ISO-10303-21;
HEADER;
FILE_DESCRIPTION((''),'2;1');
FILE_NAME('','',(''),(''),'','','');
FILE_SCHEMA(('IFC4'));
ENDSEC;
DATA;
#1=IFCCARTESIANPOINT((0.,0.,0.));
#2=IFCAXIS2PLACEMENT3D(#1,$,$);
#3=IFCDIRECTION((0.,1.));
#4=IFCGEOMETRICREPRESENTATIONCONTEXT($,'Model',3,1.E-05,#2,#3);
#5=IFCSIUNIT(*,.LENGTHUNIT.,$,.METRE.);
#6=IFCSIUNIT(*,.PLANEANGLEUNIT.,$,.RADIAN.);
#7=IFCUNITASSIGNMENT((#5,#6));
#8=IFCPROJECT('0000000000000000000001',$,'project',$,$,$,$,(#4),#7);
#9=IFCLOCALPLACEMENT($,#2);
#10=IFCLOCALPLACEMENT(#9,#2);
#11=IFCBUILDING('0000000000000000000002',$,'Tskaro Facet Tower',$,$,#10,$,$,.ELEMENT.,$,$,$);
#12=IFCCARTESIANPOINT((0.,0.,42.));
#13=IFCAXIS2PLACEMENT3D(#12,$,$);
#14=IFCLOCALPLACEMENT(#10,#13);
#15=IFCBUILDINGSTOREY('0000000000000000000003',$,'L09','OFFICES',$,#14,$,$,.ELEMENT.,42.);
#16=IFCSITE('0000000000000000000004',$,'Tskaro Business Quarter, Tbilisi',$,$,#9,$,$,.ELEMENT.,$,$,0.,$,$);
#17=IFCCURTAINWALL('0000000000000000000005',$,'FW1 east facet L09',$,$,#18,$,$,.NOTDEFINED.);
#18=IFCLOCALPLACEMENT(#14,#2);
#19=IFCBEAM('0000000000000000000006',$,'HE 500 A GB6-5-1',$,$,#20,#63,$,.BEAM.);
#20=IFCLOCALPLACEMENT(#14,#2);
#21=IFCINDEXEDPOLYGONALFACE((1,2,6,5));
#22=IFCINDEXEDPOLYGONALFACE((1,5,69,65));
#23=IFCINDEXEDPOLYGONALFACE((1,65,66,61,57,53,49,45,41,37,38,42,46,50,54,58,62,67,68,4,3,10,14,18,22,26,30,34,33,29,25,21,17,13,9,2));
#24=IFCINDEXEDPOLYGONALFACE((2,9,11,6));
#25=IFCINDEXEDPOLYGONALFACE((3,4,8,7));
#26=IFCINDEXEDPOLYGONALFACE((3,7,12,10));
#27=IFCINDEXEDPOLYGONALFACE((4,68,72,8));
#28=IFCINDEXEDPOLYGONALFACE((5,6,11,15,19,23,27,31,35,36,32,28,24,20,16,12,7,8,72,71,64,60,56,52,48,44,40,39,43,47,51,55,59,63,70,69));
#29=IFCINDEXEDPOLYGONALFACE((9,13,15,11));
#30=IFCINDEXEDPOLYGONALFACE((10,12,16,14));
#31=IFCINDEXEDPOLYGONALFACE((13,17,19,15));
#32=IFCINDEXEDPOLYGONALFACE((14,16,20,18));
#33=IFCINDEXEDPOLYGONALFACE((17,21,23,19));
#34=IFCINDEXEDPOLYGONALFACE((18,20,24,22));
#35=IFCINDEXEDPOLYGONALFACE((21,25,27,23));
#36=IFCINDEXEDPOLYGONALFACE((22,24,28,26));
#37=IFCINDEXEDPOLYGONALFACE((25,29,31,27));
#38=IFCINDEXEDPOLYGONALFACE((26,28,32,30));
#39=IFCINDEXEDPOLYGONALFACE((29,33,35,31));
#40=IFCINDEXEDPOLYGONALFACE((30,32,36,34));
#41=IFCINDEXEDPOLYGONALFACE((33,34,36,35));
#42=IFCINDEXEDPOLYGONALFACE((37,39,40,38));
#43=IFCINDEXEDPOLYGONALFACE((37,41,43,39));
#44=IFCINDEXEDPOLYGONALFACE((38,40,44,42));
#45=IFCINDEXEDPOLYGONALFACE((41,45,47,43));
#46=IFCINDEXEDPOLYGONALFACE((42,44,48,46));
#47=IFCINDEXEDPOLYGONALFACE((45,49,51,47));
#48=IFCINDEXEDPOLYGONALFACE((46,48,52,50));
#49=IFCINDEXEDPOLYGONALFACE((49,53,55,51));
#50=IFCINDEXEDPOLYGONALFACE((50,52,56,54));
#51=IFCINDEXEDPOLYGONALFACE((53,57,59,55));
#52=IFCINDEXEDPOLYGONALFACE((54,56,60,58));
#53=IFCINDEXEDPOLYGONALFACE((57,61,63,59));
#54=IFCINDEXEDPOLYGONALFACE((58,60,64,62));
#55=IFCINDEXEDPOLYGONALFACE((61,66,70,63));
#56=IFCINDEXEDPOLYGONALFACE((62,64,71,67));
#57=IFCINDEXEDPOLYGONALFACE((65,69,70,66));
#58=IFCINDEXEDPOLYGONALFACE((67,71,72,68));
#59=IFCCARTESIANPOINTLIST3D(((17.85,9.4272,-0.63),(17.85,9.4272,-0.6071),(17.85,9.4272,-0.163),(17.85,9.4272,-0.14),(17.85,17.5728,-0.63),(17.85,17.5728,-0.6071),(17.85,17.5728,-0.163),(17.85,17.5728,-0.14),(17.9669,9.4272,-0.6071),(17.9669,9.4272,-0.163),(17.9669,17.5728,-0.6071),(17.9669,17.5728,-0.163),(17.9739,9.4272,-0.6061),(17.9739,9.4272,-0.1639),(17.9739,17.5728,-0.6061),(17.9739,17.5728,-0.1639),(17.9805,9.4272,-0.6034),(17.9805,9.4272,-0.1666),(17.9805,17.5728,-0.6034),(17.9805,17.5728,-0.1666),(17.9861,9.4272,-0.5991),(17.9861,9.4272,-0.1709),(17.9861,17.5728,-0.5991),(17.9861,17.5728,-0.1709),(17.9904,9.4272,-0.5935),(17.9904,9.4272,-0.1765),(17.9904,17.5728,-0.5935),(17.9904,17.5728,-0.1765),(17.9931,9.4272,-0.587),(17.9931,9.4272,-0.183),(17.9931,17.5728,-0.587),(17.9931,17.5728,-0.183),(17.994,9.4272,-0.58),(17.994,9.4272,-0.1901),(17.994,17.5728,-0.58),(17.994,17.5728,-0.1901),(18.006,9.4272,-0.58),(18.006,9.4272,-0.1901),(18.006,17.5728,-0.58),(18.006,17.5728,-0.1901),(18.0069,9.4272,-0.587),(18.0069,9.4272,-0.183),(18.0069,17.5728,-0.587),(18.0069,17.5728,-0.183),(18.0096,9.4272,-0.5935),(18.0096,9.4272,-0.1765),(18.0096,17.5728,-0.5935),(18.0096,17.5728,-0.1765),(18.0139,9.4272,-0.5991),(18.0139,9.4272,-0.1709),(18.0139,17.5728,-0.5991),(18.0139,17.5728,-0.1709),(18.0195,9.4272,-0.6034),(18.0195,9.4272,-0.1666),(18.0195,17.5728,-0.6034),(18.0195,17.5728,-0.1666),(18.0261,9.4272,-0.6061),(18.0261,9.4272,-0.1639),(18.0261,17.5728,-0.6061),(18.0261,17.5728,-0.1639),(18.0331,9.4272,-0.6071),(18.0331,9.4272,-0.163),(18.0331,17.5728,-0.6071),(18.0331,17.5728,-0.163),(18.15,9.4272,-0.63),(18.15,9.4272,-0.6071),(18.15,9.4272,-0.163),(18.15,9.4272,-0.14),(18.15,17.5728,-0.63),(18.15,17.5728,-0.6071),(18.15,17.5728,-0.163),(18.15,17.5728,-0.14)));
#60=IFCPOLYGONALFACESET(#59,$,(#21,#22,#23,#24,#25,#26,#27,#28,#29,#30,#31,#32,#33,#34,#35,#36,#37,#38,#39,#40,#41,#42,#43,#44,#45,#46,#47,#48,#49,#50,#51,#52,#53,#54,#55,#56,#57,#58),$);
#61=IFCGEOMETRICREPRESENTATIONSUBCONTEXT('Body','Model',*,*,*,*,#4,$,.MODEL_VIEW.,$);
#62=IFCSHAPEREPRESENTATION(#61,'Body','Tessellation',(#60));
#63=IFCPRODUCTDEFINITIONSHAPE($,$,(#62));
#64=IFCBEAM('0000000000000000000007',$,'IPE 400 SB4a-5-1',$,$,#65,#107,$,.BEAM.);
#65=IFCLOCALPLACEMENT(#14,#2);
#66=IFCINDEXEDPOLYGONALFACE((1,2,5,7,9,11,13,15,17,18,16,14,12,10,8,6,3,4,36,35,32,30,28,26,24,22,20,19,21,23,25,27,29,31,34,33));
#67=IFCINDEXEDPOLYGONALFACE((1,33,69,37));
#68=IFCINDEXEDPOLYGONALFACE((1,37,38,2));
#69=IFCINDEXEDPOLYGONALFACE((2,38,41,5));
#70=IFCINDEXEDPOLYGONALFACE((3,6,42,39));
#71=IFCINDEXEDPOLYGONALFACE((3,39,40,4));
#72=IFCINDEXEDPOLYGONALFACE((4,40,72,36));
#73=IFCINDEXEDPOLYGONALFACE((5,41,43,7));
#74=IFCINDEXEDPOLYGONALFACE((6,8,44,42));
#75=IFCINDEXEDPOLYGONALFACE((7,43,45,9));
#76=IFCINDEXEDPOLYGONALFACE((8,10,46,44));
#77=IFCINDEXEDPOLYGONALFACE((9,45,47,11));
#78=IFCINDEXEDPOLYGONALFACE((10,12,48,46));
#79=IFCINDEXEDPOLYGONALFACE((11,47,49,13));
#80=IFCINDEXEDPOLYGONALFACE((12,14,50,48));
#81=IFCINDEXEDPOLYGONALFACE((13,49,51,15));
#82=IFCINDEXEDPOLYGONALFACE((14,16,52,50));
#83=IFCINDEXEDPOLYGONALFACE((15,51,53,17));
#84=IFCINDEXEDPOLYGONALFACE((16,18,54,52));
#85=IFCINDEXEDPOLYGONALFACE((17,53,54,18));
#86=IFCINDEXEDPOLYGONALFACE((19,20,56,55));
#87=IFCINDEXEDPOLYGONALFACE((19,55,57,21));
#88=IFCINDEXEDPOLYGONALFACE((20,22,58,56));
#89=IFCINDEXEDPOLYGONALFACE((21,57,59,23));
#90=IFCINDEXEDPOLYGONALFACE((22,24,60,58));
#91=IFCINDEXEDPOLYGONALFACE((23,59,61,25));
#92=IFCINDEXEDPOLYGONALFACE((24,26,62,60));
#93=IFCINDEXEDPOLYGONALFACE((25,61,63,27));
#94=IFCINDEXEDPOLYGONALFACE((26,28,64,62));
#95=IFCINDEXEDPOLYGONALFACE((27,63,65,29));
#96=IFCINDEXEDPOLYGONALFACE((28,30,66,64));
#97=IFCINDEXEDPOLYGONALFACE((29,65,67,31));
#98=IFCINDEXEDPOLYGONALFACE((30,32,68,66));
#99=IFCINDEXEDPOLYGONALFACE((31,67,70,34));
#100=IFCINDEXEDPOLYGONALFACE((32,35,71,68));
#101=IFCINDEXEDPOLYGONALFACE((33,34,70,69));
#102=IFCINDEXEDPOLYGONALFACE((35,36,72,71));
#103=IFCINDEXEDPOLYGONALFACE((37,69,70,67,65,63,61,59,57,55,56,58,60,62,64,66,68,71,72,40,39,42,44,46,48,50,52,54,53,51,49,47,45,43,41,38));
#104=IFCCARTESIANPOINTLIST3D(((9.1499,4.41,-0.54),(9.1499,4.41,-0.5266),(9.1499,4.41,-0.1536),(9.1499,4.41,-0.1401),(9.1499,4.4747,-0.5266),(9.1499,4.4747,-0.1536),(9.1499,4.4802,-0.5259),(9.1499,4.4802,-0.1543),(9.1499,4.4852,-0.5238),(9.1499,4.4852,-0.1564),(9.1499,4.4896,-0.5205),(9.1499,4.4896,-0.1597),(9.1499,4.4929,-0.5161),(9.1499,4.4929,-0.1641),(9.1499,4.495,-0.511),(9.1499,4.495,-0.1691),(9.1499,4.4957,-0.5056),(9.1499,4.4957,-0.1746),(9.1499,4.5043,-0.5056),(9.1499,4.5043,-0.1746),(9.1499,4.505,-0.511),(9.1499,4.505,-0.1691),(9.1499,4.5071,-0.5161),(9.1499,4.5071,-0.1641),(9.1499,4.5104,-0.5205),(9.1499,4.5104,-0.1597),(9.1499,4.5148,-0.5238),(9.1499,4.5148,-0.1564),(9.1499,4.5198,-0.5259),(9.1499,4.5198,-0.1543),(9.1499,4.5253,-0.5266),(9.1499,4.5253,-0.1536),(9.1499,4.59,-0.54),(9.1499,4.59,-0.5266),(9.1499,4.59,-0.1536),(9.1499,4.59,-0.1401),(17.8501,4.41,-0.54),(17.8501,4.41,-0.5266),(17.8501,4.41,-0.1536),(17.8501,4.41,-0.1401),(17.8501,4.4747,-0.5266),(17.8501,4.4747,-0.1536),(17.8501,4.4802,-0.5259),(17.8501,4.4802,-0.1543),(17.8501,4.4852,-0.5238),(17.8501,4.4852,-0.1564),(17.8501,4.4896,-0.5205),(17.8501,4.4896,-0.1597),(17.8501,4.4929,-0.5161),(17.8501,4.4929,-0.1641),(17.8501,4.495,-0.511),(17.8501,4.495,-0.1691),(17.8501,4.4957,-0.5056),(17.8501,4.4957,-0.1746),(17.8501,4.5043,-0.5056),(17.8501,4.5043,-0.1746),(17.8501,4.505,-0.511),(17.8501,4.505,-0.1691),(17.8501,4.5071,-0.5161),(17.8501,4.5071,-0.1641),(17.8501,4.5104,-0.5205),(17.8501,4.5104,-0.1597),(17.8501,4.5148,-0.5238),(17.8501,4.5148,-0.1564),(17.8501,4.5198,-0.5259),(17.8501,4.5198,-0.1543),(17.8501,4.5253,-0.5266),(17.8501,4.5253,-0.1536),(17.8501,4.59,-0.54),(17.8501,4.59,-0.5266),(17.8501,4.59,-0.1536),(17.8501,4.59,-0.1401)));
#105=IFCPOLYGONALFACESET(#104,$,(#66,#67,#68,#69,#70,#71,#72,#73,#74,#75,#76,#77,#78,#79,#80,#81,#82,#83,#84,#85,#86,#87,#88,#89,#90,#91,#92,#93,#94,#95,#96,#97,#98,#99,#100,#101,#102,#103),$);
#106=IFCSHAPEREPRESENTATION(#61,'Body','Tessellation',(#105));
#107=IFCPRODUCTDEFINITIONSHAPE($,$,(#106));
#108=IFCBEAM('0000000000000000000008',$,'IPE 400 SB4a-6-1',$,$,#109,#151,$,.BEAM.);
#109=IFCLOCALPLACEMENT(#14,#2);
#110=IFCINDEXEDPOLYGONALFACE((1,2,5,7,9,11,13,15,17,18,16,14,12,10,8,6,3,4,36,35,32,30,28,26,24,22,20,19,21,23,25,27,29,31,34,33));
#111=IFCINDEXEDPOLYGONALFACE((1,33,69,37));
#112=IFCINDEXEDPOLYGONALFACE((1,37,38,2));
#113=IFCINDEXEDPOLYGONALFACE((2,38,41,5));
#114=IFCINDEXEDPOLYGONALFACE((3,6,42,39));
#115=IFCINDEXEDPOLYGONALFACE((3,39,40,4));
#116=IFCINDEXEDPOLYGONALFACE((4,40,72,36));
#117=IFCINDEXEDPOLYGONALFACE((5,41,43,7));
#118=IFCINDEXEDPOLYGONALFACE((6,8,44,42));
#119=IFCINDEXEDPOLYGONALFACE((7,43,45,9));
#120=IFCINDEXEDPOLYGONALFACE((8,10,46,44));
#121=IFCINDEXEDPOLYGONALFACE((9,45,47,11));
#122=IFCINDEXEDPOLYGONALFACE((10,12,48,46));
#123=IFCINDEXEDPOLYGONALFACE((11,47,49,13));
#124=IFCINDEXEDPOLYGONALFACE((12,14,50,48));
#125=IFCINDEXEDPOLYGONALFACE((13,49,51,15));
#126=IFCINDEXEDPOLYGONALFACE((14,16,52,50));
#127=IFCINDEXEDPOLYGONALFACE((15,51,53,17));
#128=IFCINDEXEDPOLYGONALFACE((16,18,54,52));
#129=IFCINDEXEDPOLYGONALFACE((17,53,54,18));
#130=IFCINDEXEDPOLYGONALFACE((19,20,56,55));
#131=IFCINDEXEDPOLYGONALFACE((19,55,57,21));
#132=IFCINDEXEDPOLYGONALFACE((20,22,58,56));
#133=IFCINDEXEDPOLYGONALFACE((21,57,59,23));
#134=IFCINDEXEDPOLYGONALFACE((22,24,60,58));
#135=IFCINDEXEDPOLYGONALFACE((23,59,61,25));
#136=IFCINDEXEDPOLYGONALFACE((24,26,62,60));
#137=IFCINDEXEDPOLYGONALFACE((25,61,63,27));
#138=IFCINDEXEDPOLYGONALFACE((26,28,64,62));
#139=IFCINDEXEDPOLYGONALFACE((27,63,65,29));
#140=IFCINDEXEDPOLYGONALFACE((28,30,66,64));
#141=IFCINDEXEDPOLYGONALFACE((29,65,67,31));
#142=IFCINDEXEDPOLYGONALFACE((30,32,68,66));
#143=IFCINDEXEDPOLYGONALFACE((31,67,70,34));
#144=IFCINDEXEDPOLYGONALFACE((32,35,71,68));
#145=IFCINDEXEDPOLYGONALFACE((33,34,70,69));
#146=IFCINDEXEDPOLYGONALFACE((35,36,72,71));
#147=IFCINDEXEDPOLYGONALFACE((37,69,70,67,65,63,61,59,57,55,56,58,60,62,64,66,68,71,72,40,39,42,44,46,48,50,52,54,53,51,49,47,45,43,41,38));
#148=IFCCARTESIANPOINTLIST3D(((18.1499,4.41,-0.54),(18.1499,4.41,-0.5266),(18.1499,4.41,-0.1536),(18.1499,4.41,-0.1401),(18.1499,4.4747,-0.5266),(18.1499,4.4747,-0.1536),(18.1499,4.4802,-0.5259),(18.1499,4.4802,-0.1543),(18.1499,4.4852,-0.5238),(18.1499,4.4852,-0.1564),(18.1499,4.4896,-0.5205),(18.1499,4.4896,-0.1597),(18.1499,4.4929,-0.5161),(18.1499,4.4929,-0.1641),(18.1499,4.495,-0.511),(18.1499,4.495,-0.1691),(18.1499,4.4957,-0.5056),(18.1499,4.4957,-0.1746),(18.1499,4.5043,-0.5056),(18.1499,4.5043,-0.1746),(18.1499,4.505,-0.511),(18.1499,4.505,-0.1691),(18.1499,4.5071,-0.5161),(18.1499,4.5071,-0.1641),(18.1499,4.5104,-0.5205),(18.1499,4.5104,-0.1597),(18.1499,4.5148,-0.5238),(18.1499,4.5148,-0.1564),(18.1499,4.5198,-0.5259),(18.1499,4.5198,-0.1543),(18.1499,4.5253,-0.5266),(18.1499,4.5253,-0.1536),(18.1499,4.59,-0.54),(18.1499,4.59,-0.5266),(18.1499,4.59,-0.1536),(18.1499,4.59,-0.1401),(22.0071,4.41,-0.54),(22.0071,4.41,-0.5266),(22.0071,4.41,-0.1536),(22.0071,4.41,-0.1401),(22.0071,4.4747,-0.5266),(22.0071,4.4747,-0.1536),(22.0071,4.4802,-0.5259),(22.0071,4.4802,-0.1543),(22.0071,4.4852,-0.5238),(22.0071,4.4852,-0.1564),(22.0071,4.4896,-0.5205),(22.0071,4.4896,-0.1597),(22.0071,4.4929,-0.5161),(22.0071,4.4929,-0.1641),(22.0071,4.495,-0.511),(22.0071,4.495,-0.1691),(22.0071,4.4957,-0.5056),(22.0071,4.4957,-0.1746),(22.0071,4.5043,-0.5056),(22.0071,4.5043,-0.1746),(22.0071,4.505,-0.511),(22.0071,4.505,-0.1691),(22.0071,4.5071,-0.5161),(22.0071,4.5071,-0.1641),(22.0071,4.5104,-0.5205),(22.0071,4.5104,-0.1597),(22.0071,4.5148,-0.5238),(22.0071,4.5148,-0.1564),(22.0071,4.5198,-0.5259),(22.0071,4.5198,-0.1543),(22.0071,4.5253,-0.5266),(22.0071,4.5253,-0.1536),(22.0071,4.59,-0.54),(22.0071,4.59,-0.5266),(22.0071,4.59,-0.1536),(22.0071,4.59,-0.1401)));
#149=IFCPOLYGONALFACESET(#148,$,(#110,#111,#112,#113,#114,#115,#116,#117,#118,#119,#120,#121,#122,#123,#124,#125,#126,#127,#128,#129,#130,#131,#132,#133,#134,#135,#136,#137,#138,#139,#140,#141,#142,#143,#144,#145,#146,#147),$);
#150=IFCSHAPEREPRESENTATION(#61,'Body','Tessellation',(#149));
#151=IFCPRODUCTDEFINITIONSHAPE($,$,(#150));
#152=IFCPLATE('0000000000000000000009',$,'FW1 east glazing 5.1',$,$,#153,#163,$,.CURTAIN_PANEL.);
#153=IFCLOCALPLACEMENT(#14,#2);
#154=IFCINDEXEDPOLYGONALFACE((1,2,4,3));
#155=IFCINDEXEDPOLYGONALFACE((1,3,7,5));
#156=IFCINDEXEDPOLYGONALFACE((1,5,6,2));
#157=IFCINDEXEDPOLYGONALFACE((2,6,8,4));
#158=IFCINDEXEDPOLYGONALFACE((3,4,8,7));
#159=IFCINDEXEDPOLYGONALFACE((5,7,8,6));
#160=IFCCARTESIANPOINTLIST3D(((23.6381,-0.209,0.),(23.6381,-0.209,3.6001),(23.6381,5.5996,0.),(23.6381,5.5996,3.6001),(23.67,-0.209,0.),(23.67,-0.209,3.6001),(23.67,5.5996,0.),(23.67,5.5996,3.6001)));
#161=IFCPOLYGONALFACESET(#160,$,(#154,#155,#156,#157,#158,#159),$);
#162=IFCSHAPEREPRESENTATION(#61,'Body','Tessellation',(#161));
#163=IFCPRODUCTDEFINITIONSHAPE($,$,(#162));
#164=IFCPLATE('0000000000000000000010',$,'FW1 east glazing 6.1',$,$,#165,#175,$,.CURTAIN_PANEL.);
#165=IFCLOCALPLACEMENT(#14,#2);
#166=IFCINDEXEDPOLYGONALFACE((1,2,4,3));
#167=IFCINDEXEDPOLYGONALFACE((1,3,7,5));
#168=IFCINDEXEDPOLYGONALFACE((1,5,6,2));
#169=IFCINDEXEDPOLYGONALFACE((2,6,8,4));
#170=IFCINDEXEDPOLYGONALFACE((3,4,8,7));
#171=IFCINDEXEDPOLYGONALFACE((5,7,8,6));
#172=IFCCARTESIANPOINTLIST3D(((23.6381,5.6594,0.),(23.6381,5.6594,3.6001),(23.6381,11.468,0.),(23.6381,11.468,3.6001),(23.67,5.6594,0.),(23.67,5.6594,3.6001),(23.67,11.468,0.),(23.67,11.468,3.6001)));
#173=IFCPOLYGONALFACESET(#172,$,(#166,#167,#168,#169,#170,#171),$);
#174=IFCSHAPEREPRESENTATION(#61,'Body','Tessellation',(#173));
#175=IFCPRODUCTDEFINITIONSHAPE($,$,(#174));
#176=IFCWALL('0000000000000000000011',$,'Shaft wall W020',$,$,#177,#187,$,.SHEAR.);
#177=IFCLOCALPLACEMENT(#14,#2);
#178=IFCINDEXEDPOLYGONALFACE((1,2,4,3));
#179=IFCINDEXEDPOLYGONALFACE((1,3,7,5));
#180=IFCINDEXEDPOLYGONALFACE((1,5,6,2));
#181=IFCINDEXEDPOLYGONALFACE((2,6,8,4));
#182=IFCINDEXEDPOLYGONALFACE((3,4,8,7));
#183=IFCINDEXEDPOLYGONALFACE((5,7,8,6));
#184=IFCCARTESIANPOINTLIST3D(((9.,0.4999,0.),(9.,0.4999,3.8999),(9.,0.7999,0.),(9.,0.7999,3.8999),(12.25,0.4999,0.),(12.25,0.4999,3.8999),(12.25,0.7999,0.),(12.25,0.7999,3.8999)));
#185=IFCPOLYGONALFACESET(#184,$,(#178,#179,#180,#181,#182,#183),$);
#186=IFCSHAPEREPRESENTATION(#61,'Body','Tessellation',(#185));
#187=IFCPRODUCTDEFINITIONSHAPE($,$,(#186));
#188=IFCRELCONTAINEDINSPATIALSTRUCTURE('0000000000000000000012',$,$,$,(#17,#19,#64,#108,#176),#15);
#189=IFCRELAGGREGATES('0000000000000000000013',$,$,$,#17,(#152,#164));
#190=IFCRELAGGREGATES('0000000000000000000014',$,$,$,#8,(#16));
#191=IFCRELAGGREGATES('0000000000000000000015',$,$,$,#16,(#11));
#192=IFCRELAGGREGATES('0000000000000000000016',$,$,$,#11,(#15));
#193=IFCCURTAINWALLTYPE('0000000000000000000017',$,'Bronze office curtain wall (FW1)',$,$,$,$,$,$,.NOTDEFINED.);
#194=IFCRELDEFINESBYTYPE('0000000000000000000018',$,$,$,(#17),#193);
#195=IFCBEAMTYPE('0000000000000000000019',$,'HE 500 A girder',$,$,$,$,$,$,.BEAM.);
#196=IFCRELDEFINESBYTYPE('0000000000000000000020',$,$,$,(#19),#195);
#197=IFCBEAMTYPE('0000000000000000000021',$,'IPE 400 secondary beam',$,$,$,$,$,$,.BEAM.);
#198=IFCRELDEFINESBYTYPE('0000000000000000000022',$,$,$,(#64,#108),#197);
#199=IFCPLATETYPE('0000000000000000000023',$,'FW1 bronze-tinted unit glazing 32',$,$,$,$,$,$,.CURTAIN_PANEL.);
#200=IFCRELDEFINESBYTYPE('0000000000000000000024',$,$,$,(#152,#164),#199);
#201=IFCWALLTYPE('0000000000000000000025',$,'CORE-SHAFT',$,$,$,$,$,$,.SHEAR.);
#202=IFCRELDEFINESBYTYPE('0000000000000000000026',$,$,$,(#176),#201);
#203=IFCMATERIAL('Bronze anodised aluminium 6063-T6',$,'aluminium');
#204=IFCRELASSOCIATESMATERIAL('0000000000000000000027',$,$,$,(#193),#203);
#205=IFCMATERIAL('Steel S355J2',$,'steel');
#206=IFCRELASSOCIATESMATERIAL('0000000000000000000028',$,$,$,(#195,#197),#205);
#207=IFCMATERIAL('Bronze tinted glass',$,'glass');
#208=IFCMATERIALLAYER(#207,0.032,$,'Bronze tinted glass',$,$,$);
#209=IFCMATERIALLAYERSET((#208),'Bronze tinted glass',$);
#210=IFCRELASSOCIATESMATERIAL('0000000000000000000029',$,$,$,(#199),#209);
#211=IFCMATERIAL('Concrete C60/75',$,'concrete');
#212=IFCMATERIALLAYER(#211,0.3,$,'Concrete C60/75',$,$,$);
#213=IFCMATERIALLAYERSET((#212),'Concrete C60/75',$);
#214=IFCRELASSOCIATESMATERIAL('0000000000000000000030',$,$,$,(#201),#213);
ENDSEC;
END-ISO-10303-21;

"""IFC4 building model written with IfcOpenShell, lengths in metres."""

from ifc_helpers import new_model, si_unit, direction, frame, frame_2d, origin, origin_2d, place, context, subcontext, project, spatial, rectangle, i_section, extrude, material, layer, layer_set, material_profile, profile_set, type_object, element, aggregate, save


model = new_model("IFC4")

# Units and contexts
model_context = context("Model", 3, precision=1e-05, world=origin(), true_north=direction((0.0, 1.0)))
body_context = subcontext(model_context, "Body", "Model", "MODEL_VIEW")
ifc_project = project(units=[si_unit("LENGTHUNIT", "METRE"), si_unit("PLANEANGLEUNIT", "RADIAN")], contexts=[model_context])

# Site, building, storey
site_placement = place(None, origin())
site = spatial("IfcSite", under=ifc_project, at=site_placement, Name="Tskaro Business Quarter, Tbilisi", CompositionType="ELEMENT", RefElevation=0.0)
building_placement = place(site_placement, origin())
building = spatial("IfcBuilding", under=site, at=building_placement, Name="Tskaro Facet Tower", CompositionType="ELEMENT")
storey_placement = place(building_placement, frame((0.0, 0.0, 42.0)))
storey = spatial("IfcBuildingStorey", under=building, at=storey_placement, Name="L09", Description="OFFICES", CompositionType="ELEMENT", Elevation=42.0)

# Curtain wall
ifc_material_1 = material(Name="Bronze anodised aluminium 6063-T6", Category="aluminium")
curtain_wall_type = type_object("IfcCurtainWallType", Name="Bronze office curtain wall (FW1)", PredefinedType="NOTDEFINED", material=ifc_material_1)
curtain_wall_placement = place(storey_placement, origin())
curtain_wall = element("IfcCurtainWall", 1, at=curtain_wall_placement, inside=storey, type_object=curtain_wall_type, Name="FW1 east facet L09", PredefinedType="NOTDEFINED")

# Beams
ifc_material_2 = material(Name="Steel S355J2", Category="steel")
ifc_material_profile_1 = material_profile(ifc_material_2, i_section(OverallWidth=0.3, OverallDepth=0.49, WebThickness=0.012, FlangeThickness=0.0229, FilletRadius=0.0271, at=origin_2d()), Name="HE 500 A")
ifc_profile_set_1 = profile_set([ifc_material_profile_1], Name="Steel S355J2")
beam_type_1 = type_object("IfcBeamType", Name="HE 500 A girder", PredefinedType="BEAM", material=ifc_profile_set_1)
for number, where, z_axis, x_axis, name in (
    (2, (18.0, 9.4272, -0.385), (0.0, 1.0, 0.0), (-1.0, 0.0, 0.0), "HE 500 A GB6-5-1"),
):
    element("IfcBeam", number, at=place(storey_placement, frame(where, z_axis=z_axis, x_axis=x_axis)), inside=storey, type_object=beam_type_1, Name=name, PredefinedType="BEAM", context=body_context, shape_type="SweptSolid", body=[
        extrude(i_section(OverallWidth=0.3, OverallDepth=0.49, WebThickness=0.012, FlangeThickness=0.0229, FilletRadius=0.0271, at=origin_2d()), origin(), (0.0, 0.0, 1.0), 8.1455),
    ])
ifc_material_profile_2 = material_profile(ifc_material_2, i_section(OverallWidth=0.1799, OverallDepth=0.3999, WebThickness=0.0085, FlangeThickness=0.0134, FilletRadius=0.021, at=origin_2d()), Name="IPE 400")
ifc_profile_set_2 = profile_set([ifc_material_profile_2], Name="Steel S355J2")
beam_type_2 = type_object("IfcBeamType", Name="IPE 400 secondary beam", PredefinedType="BEAM", material=ifc_profile_set_2)
beam_1_placement = place(storey_placement, frame((9.1499, 4.5, -0.3401), z_axis=(1.0, 0.0, 0.0), x_axis=(0.0, 1.0, 0.0)))
element("IfcBeam", 3, at=beam_1_placement, inside=storey, type_object=beam_type_2, Name="IPE 400 SB4a-5-1", PredefinedType="BEAM", context=body_context, shape_type="SweptSolid", body=[
    extrude(i_section(OverallWidth=0.1799, OverallDepth=0.3999, WebThickness=0.0085, FlangeThickness=0.0134, FilletRadius=0.021, at=origin_2d()), origin(), (0.0, 0.0, 1.0), 8.7002),
])
beam_2_placement = place(storey_placement, frame((18.1499, 4.5, -0.3401), z_axis=(1.0, 0.0, 0.0), x_axis=(0.0, 1.0, 0.0)))
element("IfcBeam", 4, at=beam_2_placement, inside=storey, type_object=beam_type_2, Name="IPE 400 SB4a-6-1", PredefinedType="BEAM", context=body_context, shape_type="SweptSolid", body=[
    extrude(i_section(OverallWidth=0.1799, OverallDepth=0.3999, WebThickness=0.0085, FlangeThickness=0.0134, FilletRadius=0.021, at=origin_2d()), origin(), (0.0, 0.0, 1.0), 3.8572),
])

# Plates
ifc_material_3 = material(Name="Bronze tinted glass", Category="glass")
ifc_layer_1 = layer(ifc_material_3, 0.032, Name="Bronze tinted glass")
ifc_layer_set_1 = layer_set([ifc_layer_1], Name="Bronze tinted glass")
plate_type = type_object("IfcPlateType", Name="FW1 bronze-tinted unit glazing 32", PredefinedType="CURTAIN_PANEL", material=ifc_layer_set_1)
plate_1_placement = place(storey_placement, frame((23.6541, 2.6953, 0.0), z_axis=(0.0, 0.0, 1.0), x_axis=(0.0, 1.0, 0.0)))
plate_1 = element("IfcPlate", 5, at=plate_1_placement, type_object=plate_type, Name="FW1 east glazing 5.1", PredefinedType="CURTAIN_PANEL", context=body_context, shape_type="SweptSolid", body=[
    extrude(rectangle(XDim=5.8086, YDim=0.032, at=origin_2d()), origin(), (0.0, 0.0, 1.0), 3.6001),
])
plate_2_placement = place(storey_placement, frame((23.6541, 8.5637, 0.0), z_axis=(0.0, 0.0, 1.0), x_axis=(0.0, 1.0, 0.0)))
plate_2 = element("IfcPlate", 6, at=plate_2_placement, type_object=plate_type, Name="FW1 east glazing 6.1", PredefinedType="CURTAIN_PANEL", context=body_context, shape_type="SweptSolid", body=[
    extrude(rectangle(XDim=5.8086, YDim=0.032, at=origin_2d()), origin(), (0.0, 0.0, 1.0), 3.6001),
])
aggregate(curtain_wall, [plate_1, plate_2])

# Wall
ifc_material_4 = material(Name="Concrete C60/75", Category="concrete")
ifc_layer_2 = layer(ifc_material_4, 0.3, Name="Concrete C60/75")
ifc_layer_set_2 = layer_set([ifc_layer_2], Name="Concrete C60/75")
wall_type_1 = type_object("IfcWallType", Name="CORE-SHAFT", PredefinedType="SHEAR", material=ifc_layer_set_2)
wall_1_placement = place(storey_placement, frame((12.25, 0.6499, 0.0), z_axis=(0.0, 0.0, 1.0), x_axis=(-1.0, 0.0, 0.0)))
element("IfcWall", 7, at=wall_1_placement, inside=storey, type_object=wall_type_1, Name="Shaft wall W020", PredefinedType="SHEAR", context=body_context, shape_type="SweptSolid", body=[
    extrude(rectangle(XDim=3.25, YDim=0.3, at=frame_2d((1.625, 0.0))), origin(), (0.0, 0.0, 1.0), 3.8999),
])

save(model, "model.ifc")
